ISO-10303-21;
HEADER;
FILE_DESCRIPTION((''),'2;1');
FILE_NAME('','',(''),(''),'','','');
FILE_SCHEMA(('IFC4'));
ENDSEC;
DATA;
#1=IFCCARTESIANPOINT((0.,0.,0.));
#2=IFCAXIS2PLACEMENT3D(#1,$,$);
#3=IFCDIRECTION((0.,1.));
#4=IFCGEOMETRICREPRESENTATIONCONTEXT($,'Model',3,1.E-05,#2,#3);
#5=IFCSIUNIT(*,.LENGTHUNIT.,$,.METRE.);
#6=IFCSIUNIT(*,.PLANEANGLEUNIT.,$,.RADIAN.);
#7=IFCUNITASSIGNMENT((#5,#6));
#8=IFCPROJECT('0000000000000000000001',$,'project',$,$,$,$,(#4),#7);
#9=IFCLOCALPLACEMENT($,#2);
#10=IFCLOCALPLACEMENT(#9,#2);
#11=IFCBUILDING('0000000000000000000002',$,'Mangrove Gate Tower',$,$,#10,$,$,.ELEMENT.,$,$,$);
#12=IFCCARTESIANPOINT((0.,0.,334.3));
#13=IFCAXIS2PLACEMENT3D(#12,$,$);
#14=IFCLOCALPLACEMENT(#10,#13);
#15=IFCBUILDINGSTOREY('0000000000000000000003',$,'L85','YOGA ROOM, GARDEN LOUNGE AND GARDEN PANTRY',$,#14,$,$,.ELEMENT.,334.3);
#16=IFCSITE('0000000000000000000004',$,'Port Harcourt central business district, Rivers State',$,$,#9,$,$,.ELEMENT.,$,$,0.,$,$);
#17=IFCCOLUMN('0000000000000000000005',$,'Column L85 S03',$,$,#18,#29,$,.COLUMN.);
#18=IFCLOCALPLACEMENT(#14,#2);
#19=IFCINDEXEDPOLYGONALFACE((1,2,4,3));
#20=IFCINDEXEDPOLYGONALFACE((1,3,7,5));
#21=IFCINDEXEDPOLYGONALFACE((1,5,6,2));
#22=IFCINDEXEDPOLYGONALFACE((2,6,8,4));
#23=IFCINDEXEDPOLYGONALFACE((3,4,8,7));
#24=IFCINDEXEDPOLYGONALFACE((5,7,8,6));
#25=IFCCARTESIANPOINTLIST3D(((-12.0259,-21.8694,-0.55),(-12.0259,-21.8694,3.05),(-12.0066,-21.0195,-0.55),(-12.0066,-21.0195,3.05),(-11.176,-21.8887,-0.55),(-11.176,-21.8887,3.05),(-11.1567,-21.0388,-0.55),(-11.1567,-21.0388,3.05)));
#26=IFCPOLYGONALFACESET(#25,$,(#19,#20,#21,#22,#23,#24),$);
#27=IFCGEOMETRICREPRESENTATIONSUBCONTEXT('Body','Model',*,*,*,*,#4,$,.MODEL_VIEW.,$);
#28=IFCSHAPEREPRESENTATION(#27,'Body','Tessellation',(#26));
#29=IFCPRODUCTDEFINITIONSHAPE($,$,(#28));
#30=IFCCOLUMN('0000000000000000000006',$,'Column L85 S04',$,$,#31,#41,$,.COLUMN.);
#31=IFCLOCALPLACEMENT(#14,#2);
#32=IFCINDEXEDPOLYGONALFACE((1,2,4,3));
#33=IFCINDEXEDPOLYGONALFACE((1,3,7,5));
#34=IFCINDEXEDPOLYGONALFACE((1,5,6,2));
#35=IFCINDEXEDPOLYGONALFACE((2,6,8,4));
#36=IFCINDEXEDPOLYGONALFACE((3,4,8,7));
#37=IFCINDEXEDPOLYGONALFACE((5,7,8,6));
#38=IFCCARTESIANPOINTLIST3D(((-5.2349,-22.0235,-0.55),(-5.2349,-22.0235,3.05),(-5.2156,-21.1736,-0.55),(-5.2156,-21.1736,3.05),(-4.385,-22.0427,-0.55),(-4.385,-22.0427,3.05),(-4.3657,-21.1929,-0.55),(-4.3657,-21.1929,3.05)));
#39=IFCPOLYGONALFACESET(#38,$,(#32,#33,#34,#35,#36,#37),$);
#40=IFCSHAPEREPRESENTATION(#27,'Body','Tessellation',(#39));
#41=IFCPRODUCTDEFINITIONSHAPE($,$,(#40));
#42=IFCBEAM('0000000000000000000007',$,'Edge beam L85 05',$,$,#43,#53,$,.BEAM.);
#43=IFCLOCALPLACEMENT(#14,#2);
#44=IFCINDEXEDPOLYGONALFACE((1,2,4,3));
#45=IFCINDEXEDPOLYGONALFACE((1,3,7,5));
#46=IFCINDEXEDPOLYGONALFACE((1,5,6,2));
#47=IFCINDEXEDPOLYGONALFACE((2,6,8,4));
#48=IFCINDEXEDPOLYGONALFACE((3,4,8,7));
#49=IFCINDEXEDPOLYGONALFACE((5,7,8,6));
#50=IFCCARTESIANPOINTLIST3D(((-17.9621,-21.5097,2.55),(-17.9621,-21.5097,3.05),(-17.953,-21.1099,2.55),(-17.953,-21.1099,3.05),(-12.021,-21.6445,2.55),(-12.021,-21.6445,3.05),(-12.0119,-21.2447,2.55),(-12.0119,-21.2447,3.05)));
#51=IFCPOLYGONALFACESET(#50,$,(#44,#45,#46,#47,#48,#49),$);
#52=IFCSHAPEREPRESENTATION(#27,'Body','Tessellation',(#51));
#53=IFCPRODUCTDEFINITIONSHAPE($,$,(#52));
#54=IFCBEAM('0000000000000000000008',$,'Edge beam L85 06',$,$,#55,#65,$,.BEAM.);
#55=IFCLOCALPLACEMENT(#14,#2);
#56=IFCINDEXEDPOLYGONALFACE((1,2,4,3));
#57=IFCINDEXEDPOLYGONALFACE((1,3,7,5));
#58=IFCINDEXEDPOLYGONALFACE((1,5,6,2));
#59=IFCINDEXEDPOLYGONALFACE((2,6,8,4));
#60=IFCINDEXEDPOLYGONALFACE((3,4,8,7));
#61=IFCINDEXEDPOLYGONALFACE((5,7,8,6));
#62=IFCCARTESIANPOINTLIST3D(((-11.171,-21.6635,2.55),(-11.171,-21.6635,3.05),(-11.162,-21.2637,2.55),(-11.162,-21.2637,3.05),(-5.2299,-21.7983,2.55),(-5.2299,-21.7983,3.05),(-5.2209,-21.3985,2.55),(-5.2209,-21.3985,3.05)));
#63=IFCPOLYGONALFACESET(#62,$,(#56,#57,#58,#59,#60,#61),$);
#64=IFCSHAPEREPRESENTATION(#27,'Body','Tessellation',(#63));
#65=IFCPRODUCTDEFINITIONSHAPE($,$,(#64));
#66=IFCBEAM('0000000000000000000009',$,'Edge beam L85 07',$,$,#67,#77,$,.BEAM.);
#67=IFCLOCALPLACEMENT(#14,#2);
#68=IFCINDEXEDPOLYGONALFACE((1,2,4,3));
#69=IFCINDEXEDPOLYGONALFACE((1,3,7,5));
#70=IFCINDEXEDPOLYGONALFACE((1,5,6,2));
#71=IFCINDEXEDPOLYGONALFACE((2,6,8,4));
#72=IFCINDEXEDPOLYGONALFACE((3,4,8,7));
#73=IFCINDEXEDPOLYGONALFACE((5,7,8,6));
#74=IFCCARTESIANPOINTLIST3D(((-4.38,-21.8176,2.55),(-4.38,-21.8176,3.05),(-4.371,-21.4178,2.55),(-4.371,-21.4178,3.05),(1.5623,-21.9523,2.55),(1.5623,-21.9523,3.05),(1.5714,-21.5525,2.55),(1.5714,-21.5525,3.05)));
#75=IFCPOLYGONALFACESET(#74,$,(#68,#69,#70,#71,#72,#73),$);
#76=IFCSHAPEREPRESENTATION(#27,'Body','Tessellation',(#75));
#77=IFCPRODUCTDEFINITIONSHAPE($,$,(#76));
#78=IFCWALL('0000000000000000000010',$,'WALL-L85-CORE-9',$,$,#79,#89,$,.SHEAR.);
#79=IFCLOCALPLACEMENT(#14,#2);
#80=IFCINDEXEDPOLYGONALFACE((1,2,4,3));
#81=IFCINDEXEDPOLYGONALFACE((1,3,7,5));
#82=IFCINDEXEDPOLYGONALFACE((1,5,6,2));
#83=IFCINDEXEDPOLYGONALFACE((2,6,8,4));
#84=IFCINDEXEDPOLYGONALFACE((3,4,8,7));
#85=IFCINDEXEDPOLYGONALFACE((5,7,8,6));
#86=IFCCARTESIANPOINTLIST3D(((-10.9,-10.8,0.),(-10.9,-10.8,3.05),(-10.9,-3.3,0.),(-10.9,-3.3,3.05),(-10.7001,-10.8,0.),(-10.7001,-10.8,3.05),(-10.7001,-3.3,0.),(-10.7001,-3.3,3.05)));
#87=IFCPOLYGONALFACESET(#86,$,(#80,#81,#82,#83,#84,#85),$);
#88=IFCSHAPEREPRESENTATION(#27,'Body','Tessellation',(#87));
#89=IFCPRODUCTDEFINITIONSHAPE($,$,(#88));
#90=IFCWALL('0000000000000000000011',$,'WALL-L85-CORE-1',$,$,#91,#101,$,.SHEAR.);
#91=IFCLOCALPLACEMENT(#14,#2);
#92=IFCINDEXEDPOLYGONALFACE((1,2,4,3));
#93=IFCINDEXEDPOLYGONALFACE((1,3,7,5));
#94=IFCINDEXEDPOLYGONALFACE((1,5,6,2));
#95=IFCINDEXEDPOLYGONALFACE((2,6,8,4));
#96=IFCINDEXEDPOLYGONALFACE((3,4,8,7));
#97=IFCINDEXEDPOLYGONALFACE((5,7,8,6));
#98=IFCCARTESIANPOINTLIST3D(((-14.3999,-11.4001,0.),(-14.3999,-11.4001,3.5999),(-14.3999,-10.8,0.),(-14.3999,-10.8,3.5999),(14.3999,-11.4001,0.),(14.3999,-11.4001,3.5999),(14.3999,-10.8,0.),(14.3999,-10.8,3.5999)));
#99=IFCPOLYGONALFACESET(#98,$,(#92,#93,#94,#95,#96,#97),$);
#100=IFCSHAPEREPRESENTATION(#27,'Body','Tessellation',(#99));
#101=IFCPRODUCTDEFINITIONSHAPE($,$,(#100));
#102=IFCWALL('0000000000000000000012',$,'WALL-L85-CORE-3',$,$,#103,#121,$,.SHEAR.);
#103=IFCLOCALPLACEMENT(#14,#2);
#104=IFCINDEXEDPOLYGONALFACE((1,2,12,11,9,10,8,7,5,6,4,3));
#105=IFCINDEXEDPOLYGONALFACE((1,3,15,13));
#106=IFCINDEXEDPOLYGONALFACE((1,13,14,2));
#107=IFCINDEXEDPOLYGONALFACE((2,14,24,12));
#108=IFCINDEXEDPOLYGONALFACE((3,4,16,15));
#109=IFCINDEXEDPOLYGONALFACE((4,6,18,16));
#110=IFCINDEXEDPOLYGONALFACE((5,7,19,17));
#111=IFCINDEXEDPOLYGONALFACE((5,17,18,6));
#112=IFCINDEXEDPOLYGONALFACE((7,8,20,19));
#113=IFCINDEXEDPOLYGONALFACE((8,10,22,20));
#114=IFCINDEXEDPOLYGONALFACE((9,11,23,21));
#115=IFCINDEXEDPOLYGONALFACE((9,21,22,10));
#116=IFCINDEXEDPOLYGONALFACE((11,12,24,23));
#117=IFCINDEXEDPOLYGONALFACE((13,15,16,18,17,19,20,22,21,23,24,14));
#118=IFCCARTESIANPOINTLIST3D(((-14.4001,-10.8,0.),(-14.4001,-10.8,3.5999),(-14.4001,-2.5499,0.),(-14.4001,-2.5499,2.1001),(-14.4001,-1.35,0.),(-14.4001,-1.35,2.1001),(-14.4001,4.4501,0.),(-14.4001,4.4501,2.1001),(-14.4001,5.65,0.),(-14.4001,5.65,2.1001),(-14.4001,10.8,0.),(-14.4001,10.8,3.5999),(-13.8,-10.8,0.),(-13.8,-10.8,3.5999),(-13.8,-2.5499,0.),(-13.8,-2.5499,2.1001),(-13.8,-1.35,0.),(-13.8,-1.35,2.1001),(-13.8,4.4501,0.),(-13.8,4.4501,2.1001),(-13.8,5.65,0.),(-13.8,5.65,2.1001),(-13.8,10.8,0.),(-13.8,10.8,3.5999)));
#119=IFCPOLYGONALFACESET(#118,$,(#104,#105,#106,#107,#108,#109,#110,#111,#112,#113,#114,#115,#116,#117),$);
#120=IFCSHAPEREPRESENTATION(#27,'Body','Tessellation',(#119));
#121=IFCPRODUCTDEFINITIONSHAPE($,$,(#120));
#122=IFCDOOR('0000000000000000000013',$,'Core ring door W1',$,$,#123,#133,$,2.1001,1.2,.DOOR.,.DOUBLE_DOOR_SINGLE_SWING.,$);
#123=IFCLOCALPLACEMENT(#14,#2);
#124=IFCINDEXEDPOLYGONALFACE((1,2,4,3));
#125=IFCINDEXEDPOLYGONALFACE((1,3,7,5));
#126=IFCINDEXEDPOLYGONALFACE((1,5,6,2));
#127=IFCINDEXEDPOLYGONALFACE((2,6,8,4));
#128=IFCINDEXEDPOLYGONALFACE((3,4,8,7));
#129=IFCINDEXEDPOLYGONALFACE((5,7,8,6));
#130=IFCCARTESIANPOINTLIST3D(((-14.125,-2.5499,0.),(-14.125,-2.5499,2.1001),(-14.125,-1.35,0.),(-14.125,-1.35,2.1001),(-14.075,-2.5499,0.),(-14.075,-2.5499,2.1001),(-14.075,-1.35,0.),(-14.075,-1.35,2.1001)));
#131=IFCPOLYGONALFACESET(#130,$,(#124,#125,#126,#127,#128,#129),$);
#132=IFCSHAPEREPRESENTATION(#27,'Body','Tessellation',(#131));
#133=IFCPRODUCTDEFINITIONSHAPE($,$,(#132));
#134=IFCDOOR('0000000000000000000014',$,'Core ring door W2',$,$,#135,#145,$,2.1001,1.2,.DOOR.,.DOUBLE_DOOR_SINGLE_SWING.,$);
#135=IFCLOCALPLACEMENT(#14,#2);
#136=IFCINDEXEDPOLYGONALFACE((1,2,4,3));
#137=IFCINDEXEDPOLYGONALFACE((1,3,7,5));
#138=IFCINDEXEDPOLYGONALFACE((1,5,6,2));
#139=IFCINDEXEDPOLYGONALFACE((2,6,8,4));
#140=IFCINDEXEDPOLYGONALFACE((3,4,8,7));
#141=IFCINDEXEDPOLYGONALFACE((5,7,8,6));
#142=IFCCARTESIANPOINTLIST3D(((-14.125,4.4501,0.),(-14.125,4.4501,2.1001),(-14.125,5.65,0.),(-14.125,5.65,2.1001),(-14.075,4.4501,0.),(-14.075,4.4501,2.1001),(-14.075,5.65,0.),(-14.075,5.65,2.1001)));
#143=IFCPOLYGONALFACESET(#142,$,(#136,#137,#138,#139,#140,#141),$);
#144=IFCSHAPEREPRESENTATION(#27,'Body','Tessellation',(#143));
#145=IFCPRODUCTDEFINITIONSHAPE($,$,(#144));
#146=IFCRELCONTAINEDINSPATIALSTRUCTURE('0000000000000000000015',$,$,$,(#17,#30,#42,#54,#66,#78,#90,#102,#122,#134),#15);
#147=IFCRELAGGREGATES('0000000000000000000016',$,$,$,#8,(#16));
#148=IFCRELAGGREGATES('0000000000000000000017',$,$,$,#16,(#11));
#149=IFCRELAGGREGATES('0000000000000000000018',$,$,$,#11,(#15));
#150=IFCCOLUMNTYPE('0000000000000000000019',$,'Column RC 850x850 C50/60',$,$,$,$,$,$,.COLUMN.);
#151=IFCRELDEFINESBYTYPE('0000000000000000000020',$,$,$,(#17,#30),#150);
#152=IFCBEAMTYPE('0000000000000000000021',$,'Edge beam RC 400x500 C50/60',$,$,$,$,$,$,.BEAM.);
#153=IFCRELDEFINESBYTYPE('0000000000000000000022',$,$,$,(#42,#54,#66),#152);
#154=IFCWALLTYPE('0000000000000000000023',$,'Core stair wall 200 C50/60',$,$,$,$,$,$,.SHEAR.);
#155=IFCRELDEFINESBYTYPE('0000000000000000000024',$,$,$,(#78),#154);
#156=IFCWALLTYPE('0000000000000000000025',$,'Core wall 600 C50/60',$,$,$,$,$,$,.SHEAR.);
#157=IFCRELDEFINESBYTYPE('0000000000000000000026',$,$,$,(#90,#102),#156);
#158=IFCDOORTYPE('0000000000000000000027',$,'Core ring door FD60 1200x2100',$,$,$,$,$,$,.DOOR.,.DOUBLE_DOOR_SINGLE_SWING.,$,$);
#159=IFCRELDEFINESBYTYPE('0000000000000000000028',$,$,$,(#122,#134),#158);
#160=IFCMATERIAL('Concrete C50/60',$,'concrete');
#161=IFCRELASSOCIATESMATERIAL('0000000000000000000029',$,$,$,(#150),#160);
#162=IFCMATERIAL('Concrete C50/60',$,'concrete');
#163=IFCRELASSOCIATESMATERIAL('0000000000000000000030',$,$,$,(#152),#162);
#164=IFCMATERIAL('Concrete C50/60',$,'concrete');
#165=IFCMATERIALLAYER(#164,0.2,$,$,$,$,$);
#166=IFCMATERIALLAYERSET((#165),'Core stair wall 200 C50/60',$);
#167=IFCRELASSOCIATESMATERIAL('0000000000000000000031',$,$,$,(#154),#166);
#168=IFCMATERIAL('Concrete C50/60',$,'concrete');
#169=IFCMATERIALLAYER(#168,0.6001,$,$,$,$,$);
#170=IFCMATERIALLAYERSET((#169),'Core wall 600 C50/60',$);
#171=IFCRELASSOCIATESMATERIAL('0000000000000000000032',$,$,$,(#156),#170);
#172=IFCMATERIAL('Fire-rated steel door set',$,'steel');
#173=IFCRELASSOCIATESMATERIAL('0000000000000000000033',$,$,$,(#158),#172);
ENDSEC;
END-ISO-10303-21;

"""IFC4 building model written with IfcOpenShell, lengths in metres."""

from ifc_helpers import new_model, si_unit, direction, frame, frame_2d, origin, origin_2d, place, context, subcontext, project, spatial, rectangle, extrude, material, layer, layer_set, material_profile, profile_set, type_object, element, fill, save


model = new_model("IFC4")

# Units and contexts
model_context = context("Model", 3, precision=1e-05, world=origin(), true_north=direction((0.0, 1.0)))
body_context = subcontext(model_context, "Body", "Model", "MODEL_VIEW")
ifc_project = project(units=[si_unit("LENGTHUNIT", "METRE"), si_unit("PLANEANGLEUNIT", "RADIAN")], contexts=[model_context])

# Site, building, storey
site_placement = place(None, origin())
site = spatial("IfcSite", under=ifc_project, at=site_placement, Name="Port Harcourt central business district, Rivers State", CompositionType="ELEMENT", RefElevation=0.0)
building_placement = place(site_placement, origin())
building = spatial("IfcBuilding", under=site, at=building_placement, Name="Mangrove Gate Tower", CompositionType="ELEMENT")
storey_placement = place(building_placement, frame((0.0, 0.0, 334.3)))
storey = spatial("IfcBuildingStorey", under=building, at=storey_placement, Name="L85", Description="YOGA ROOM, GARDEN LOUNGE AND GARDEN PANTRY", CompositionType="ELEMENT", Elevation=334.3)

# Columns
ifc_material_1 = material(Name="Concrete C50/60", Category="concrete")
ifc_material_profile_1 = material_profile(ifc_material_1, rectangle(XDim=0.8501, YDim=0.8501, at=origin_2d()))
ifc_profile_set_1 = profile_set([ifc_material_profile_1], Name="Concrete C50/60")
column_type = type_object("IfcColumnType", Name="Column RC 850x850 C50/60", PredefinedType="COLUMN", material=ifc_profile_set_1)
for number, where, z_axis, x_axis, name in (
    (1, (-11.5913, -21.4541, -0.55), (0.0, 0.0, 1.0), (0.999743, -0.022671, 0.0), "Column L85 S03"),
    (2, (-4.8003, -21.6082, -0.55), (0.0, 0.0, 1.0), (0.999743, -0.02267, 0.0), "Column L85 S04"),
):
    element("IfcColumn", number, at=place(storey_placement, frame(where, z_axis=z_axis, x_axis=x_axis)), inside=storey, type_object=column_type, Name=name, PredefinedType="COLUMN", context=body_context, shape_type="SweptSolid", body=[
        extrude(rectangle(XDim=0.8501, YDim=0.8501, at=origin_2d()), origin(), (0.0, 0.0, 1.0), 3.6001),
    ])

# Beams
ifc_material_2 = material(Name="Concrete C50/60", Category="concrete")
ifc_material_profile_2 = material_profile(ifc_material_2, rectangle(XDim=0.3999, YDim=0.5, at=origin_2d()))
ifc_profile_set_2 = profile_set([ifc_material_profile_2], Name="Concrete C50/60")
beam_type = type_object("IfcBeamType", Name="Edge beam RC 400x500 C50/60", PredefinedType="BEAM", material=ifc_profile_set_2)
for number, where, z_axis, x_axis, name in (
    (3, (-17.9575, -21.3098, 2.8), (0.999743, -0.022678, 0.0), (0.022678, 0.999743, 0.0), "Edge beam L85 05"),
    (4, (-11.1665, -21.4636, 2.8), (0.999743, -0.022678, 0.0), (0.022678, 0.999743, 0.0), "Edge beam L85 06"),
):
    element("IfcBeam", number, at=place(storey_placement, frame(where, z_axis=z_axis, x_axis=x_axis)), inside=storey, type_object=beam_type, Name=name, PredefinedType="BEAM", context=body_context, shape_type="SweptSolid", body=[
        extrude(rectangle(XDim=0.3999, YDim=0.5, at=origin_2d()), origin(), (0.0, 0.0, 1.0), 5.9426),
    ])
beam_placement = place(storey_placement, frame((-4.3755, -21.6177, 2.8), z_axis=(0.999743, -0.022673, 0.0), x_axis=(0.022673, 0.999743, 0.0)))
element("IfcBeam", 5, at=beam_placement, inside=storey, type_object=beam_type, Name="Edge beam L85 07", PredefinedType="BEAM", context=body_context, shape_type="SweptSolid", body=[
    extrude(rectangle(XDim=0.3999, YDim=0.5, at=origin_2d()), origin(), (0.0, 0.0, 1.0), 5.9438),
])

# Walls
ifc_material_3 = material(Name="Concrete C50/60", Category="concrete")
ifc_layer_1 = layer(ifc_material_3, 0.2)
ifc_layer_set_1 = layer_set([ifc_layer_1], Name="Core stair wall 200 C50/60")
wall_type_1 = type_object("IfcWallType", Name="Core stair wall 200 C50/60", PredefinedType="SHEAR", material=ifc_layer_set_1)
wall_1_placement = place(storey_placement, frame((-10.8, -10.8, 0.0), z_axis=(0.0, 0.0, 1.0), x_axis=(0.0, 1.0, 0.0)))
element("IfcWall", 6, at=wall_1_placement, inside=storey, type_object=wall_type_1, Name="WALL-L85-CORE-9", PredefinedType="SHEAR", context=body_context, shape_type="SweptSolid", body=[
    extrude(rectangle(XDim=7.5, YDim=0.2, at=frame_2d((3.75, 0.0))), origin(), (0.0, 0.0, 1.0), 3.05),
])
ifc_material_4 = material(Name="Concrete C50/60", Category="concrete")
ifc_layer_2 = layer(ifc_material_4, 0.6001)
ifc_layer_set_2 = layer_set([ifc_layer_2], Name="Core wall 600 C50/60")
wall_type_2 = type_object("IfcWallType", Name="Core wall 600 C50/60", PredefinedType="SHEAR", material=ifc_layer_set_2)
wall_2_placement = place(storey_placement, frame((-14.3999, -11.1001, 0.0), z_axis=(0.0, 0.0, 1.0), x_axis=(1.0, 0.0, 0.0)))
element("IfcWall", 7, at=wall_2_placement, inside=storey, type_object=wall_type_2, Name="WALL-L85-CORE-1", PredefinedType="SHEAR", context=body_context, shape_type="SweptSolid", body=[
    extrude(rectangle(XDim=28.7998, YDim=0.6001, at=frame_2d((14.3999, 0.0))), origin(), (0.0, 0.0, 1.0), 3.5999),
])

# Wall, openings, doors
wall_3_placement = place(storey_placement, frame((-14.1001, -10.8, 0.0), z_axis=(0.0, 0.0, 1.0), x_axis=(0.0, 1.0, 0.0)))
wall_3 = element("IfcWall", 8, at=wall_3_placement, inside=storey, type_object=wall_type_2, Name="WALL-L85-CORE-3", PredefinedType="SHEAR", context=body_context, shape_type="SweptSolid", body=[
    extrude(rectangle(XDim=21.6001, YDim=0.6001, at=frame_2d((10.8, 0.0))), origin(), (0.0, 0.0, 1.0), 3.5999),
])
opening_1_placement = place(wall_3_placement, frame((8.25, 0.0, 0.0)))
opening_1 = element("IfcOpeningElement", 9, at=opening_1_placement, cuts=wall_3, PredefinedType="OPENING", context=body_context, shape_type="SweptSolid", body=[
    extrude(rectangle(XDim=1.2, YDim=2.1001, at=frame_2d((0.6001, 1.05))), frame((0.0, 0.3101, 0.0), z_axis=(0.0, -1.0, 0.0), x_axis=(1.0, 0.0, 0.0)), (0.0, 0.0, 1.0), 0.6201),
])
opening_2_placement = place(wall_3_placement, frame((15.25, 0.0, 0.0)))
opening_2 = element("IfcOpeningElement", 10, at=opening_2_placement, cuts=wall_3, PredefinedType="OPENING", context=body_context, shape_type="SweptSolid", body=[
    extrude(rectangle(XDim=1.2, YDim=2.1001, at=frame_2d((0.6001, 1.05))), frame((0.0, 0.3101, 0.0), z_axis=(0.0, -1.0, 0.0), x_axis=(1.0, 0.0, 0.0)), (0.0, 0.0, 1.0), 0.6201),
])
ifc_material_5 = material(Name="Fire-rated steel door set", Category="steel")
door_type_1 = type_object("IfcDoorType", Name="Core ring door FD60 1200x2100", OperationType="DOUBLE_DOOR_SINGLE_SWING", PredefinedType="DOOR", material=ifc_material_5)
door_1_placement = place(opening_1_placement, origin())
door_1 = element("IfcDoor", 11, at=door_1_placement, inside=storey, type_object=door_type_1, Name="Core ring door W1", OperationType="DOUBLE_DOOR_SINGLE_SWING", OverallHeight=2.1001, OverallWidth=1.2, PredefinedType="DOOR", context=body_context, shape_type="SweptSolid", body=[
    extrude(rectangle(XDim=1.2, YDim=2.1001, at=frame_2d((0.6001, 1.05))), frame((0.0, 0.0249, 0.0), z_axis=(0.0, -1.0, 0.0), x_axis=(1.0, 0.0, 0.0)), (0.0, 0.0, 1.0), 0.05),
])
fill(opening_1, door_1)
door_2_placement = place(opening_2_placement, origin())
door_2 = element("IfcDoor", 12, at=door_2_placement, inside=storey, type_object=door_type_1, Name="Core ring door W2", OperationType="DOUBLE_DOOR_SINGLE_SWING", OverallHeight=2.1001, OverallWidth=1.2, PredefinedType="DOOR", context=body_context, shape_type="SweptSolid", body=[
    extrude(rectangle(XDim=1.2, YDim=2.1001, at=frame_2d((0.6001, 1.05))), frame((0.0, 0.0249, 0.0), z_axis=(0.0, -1.0, 0.0), x_axis=(1.0, 0.0, 0.0)), (0.0, 0.0, 1.0), 0.05),
])
fill(opening_2, door_2)

save(model, "model.ifc")
